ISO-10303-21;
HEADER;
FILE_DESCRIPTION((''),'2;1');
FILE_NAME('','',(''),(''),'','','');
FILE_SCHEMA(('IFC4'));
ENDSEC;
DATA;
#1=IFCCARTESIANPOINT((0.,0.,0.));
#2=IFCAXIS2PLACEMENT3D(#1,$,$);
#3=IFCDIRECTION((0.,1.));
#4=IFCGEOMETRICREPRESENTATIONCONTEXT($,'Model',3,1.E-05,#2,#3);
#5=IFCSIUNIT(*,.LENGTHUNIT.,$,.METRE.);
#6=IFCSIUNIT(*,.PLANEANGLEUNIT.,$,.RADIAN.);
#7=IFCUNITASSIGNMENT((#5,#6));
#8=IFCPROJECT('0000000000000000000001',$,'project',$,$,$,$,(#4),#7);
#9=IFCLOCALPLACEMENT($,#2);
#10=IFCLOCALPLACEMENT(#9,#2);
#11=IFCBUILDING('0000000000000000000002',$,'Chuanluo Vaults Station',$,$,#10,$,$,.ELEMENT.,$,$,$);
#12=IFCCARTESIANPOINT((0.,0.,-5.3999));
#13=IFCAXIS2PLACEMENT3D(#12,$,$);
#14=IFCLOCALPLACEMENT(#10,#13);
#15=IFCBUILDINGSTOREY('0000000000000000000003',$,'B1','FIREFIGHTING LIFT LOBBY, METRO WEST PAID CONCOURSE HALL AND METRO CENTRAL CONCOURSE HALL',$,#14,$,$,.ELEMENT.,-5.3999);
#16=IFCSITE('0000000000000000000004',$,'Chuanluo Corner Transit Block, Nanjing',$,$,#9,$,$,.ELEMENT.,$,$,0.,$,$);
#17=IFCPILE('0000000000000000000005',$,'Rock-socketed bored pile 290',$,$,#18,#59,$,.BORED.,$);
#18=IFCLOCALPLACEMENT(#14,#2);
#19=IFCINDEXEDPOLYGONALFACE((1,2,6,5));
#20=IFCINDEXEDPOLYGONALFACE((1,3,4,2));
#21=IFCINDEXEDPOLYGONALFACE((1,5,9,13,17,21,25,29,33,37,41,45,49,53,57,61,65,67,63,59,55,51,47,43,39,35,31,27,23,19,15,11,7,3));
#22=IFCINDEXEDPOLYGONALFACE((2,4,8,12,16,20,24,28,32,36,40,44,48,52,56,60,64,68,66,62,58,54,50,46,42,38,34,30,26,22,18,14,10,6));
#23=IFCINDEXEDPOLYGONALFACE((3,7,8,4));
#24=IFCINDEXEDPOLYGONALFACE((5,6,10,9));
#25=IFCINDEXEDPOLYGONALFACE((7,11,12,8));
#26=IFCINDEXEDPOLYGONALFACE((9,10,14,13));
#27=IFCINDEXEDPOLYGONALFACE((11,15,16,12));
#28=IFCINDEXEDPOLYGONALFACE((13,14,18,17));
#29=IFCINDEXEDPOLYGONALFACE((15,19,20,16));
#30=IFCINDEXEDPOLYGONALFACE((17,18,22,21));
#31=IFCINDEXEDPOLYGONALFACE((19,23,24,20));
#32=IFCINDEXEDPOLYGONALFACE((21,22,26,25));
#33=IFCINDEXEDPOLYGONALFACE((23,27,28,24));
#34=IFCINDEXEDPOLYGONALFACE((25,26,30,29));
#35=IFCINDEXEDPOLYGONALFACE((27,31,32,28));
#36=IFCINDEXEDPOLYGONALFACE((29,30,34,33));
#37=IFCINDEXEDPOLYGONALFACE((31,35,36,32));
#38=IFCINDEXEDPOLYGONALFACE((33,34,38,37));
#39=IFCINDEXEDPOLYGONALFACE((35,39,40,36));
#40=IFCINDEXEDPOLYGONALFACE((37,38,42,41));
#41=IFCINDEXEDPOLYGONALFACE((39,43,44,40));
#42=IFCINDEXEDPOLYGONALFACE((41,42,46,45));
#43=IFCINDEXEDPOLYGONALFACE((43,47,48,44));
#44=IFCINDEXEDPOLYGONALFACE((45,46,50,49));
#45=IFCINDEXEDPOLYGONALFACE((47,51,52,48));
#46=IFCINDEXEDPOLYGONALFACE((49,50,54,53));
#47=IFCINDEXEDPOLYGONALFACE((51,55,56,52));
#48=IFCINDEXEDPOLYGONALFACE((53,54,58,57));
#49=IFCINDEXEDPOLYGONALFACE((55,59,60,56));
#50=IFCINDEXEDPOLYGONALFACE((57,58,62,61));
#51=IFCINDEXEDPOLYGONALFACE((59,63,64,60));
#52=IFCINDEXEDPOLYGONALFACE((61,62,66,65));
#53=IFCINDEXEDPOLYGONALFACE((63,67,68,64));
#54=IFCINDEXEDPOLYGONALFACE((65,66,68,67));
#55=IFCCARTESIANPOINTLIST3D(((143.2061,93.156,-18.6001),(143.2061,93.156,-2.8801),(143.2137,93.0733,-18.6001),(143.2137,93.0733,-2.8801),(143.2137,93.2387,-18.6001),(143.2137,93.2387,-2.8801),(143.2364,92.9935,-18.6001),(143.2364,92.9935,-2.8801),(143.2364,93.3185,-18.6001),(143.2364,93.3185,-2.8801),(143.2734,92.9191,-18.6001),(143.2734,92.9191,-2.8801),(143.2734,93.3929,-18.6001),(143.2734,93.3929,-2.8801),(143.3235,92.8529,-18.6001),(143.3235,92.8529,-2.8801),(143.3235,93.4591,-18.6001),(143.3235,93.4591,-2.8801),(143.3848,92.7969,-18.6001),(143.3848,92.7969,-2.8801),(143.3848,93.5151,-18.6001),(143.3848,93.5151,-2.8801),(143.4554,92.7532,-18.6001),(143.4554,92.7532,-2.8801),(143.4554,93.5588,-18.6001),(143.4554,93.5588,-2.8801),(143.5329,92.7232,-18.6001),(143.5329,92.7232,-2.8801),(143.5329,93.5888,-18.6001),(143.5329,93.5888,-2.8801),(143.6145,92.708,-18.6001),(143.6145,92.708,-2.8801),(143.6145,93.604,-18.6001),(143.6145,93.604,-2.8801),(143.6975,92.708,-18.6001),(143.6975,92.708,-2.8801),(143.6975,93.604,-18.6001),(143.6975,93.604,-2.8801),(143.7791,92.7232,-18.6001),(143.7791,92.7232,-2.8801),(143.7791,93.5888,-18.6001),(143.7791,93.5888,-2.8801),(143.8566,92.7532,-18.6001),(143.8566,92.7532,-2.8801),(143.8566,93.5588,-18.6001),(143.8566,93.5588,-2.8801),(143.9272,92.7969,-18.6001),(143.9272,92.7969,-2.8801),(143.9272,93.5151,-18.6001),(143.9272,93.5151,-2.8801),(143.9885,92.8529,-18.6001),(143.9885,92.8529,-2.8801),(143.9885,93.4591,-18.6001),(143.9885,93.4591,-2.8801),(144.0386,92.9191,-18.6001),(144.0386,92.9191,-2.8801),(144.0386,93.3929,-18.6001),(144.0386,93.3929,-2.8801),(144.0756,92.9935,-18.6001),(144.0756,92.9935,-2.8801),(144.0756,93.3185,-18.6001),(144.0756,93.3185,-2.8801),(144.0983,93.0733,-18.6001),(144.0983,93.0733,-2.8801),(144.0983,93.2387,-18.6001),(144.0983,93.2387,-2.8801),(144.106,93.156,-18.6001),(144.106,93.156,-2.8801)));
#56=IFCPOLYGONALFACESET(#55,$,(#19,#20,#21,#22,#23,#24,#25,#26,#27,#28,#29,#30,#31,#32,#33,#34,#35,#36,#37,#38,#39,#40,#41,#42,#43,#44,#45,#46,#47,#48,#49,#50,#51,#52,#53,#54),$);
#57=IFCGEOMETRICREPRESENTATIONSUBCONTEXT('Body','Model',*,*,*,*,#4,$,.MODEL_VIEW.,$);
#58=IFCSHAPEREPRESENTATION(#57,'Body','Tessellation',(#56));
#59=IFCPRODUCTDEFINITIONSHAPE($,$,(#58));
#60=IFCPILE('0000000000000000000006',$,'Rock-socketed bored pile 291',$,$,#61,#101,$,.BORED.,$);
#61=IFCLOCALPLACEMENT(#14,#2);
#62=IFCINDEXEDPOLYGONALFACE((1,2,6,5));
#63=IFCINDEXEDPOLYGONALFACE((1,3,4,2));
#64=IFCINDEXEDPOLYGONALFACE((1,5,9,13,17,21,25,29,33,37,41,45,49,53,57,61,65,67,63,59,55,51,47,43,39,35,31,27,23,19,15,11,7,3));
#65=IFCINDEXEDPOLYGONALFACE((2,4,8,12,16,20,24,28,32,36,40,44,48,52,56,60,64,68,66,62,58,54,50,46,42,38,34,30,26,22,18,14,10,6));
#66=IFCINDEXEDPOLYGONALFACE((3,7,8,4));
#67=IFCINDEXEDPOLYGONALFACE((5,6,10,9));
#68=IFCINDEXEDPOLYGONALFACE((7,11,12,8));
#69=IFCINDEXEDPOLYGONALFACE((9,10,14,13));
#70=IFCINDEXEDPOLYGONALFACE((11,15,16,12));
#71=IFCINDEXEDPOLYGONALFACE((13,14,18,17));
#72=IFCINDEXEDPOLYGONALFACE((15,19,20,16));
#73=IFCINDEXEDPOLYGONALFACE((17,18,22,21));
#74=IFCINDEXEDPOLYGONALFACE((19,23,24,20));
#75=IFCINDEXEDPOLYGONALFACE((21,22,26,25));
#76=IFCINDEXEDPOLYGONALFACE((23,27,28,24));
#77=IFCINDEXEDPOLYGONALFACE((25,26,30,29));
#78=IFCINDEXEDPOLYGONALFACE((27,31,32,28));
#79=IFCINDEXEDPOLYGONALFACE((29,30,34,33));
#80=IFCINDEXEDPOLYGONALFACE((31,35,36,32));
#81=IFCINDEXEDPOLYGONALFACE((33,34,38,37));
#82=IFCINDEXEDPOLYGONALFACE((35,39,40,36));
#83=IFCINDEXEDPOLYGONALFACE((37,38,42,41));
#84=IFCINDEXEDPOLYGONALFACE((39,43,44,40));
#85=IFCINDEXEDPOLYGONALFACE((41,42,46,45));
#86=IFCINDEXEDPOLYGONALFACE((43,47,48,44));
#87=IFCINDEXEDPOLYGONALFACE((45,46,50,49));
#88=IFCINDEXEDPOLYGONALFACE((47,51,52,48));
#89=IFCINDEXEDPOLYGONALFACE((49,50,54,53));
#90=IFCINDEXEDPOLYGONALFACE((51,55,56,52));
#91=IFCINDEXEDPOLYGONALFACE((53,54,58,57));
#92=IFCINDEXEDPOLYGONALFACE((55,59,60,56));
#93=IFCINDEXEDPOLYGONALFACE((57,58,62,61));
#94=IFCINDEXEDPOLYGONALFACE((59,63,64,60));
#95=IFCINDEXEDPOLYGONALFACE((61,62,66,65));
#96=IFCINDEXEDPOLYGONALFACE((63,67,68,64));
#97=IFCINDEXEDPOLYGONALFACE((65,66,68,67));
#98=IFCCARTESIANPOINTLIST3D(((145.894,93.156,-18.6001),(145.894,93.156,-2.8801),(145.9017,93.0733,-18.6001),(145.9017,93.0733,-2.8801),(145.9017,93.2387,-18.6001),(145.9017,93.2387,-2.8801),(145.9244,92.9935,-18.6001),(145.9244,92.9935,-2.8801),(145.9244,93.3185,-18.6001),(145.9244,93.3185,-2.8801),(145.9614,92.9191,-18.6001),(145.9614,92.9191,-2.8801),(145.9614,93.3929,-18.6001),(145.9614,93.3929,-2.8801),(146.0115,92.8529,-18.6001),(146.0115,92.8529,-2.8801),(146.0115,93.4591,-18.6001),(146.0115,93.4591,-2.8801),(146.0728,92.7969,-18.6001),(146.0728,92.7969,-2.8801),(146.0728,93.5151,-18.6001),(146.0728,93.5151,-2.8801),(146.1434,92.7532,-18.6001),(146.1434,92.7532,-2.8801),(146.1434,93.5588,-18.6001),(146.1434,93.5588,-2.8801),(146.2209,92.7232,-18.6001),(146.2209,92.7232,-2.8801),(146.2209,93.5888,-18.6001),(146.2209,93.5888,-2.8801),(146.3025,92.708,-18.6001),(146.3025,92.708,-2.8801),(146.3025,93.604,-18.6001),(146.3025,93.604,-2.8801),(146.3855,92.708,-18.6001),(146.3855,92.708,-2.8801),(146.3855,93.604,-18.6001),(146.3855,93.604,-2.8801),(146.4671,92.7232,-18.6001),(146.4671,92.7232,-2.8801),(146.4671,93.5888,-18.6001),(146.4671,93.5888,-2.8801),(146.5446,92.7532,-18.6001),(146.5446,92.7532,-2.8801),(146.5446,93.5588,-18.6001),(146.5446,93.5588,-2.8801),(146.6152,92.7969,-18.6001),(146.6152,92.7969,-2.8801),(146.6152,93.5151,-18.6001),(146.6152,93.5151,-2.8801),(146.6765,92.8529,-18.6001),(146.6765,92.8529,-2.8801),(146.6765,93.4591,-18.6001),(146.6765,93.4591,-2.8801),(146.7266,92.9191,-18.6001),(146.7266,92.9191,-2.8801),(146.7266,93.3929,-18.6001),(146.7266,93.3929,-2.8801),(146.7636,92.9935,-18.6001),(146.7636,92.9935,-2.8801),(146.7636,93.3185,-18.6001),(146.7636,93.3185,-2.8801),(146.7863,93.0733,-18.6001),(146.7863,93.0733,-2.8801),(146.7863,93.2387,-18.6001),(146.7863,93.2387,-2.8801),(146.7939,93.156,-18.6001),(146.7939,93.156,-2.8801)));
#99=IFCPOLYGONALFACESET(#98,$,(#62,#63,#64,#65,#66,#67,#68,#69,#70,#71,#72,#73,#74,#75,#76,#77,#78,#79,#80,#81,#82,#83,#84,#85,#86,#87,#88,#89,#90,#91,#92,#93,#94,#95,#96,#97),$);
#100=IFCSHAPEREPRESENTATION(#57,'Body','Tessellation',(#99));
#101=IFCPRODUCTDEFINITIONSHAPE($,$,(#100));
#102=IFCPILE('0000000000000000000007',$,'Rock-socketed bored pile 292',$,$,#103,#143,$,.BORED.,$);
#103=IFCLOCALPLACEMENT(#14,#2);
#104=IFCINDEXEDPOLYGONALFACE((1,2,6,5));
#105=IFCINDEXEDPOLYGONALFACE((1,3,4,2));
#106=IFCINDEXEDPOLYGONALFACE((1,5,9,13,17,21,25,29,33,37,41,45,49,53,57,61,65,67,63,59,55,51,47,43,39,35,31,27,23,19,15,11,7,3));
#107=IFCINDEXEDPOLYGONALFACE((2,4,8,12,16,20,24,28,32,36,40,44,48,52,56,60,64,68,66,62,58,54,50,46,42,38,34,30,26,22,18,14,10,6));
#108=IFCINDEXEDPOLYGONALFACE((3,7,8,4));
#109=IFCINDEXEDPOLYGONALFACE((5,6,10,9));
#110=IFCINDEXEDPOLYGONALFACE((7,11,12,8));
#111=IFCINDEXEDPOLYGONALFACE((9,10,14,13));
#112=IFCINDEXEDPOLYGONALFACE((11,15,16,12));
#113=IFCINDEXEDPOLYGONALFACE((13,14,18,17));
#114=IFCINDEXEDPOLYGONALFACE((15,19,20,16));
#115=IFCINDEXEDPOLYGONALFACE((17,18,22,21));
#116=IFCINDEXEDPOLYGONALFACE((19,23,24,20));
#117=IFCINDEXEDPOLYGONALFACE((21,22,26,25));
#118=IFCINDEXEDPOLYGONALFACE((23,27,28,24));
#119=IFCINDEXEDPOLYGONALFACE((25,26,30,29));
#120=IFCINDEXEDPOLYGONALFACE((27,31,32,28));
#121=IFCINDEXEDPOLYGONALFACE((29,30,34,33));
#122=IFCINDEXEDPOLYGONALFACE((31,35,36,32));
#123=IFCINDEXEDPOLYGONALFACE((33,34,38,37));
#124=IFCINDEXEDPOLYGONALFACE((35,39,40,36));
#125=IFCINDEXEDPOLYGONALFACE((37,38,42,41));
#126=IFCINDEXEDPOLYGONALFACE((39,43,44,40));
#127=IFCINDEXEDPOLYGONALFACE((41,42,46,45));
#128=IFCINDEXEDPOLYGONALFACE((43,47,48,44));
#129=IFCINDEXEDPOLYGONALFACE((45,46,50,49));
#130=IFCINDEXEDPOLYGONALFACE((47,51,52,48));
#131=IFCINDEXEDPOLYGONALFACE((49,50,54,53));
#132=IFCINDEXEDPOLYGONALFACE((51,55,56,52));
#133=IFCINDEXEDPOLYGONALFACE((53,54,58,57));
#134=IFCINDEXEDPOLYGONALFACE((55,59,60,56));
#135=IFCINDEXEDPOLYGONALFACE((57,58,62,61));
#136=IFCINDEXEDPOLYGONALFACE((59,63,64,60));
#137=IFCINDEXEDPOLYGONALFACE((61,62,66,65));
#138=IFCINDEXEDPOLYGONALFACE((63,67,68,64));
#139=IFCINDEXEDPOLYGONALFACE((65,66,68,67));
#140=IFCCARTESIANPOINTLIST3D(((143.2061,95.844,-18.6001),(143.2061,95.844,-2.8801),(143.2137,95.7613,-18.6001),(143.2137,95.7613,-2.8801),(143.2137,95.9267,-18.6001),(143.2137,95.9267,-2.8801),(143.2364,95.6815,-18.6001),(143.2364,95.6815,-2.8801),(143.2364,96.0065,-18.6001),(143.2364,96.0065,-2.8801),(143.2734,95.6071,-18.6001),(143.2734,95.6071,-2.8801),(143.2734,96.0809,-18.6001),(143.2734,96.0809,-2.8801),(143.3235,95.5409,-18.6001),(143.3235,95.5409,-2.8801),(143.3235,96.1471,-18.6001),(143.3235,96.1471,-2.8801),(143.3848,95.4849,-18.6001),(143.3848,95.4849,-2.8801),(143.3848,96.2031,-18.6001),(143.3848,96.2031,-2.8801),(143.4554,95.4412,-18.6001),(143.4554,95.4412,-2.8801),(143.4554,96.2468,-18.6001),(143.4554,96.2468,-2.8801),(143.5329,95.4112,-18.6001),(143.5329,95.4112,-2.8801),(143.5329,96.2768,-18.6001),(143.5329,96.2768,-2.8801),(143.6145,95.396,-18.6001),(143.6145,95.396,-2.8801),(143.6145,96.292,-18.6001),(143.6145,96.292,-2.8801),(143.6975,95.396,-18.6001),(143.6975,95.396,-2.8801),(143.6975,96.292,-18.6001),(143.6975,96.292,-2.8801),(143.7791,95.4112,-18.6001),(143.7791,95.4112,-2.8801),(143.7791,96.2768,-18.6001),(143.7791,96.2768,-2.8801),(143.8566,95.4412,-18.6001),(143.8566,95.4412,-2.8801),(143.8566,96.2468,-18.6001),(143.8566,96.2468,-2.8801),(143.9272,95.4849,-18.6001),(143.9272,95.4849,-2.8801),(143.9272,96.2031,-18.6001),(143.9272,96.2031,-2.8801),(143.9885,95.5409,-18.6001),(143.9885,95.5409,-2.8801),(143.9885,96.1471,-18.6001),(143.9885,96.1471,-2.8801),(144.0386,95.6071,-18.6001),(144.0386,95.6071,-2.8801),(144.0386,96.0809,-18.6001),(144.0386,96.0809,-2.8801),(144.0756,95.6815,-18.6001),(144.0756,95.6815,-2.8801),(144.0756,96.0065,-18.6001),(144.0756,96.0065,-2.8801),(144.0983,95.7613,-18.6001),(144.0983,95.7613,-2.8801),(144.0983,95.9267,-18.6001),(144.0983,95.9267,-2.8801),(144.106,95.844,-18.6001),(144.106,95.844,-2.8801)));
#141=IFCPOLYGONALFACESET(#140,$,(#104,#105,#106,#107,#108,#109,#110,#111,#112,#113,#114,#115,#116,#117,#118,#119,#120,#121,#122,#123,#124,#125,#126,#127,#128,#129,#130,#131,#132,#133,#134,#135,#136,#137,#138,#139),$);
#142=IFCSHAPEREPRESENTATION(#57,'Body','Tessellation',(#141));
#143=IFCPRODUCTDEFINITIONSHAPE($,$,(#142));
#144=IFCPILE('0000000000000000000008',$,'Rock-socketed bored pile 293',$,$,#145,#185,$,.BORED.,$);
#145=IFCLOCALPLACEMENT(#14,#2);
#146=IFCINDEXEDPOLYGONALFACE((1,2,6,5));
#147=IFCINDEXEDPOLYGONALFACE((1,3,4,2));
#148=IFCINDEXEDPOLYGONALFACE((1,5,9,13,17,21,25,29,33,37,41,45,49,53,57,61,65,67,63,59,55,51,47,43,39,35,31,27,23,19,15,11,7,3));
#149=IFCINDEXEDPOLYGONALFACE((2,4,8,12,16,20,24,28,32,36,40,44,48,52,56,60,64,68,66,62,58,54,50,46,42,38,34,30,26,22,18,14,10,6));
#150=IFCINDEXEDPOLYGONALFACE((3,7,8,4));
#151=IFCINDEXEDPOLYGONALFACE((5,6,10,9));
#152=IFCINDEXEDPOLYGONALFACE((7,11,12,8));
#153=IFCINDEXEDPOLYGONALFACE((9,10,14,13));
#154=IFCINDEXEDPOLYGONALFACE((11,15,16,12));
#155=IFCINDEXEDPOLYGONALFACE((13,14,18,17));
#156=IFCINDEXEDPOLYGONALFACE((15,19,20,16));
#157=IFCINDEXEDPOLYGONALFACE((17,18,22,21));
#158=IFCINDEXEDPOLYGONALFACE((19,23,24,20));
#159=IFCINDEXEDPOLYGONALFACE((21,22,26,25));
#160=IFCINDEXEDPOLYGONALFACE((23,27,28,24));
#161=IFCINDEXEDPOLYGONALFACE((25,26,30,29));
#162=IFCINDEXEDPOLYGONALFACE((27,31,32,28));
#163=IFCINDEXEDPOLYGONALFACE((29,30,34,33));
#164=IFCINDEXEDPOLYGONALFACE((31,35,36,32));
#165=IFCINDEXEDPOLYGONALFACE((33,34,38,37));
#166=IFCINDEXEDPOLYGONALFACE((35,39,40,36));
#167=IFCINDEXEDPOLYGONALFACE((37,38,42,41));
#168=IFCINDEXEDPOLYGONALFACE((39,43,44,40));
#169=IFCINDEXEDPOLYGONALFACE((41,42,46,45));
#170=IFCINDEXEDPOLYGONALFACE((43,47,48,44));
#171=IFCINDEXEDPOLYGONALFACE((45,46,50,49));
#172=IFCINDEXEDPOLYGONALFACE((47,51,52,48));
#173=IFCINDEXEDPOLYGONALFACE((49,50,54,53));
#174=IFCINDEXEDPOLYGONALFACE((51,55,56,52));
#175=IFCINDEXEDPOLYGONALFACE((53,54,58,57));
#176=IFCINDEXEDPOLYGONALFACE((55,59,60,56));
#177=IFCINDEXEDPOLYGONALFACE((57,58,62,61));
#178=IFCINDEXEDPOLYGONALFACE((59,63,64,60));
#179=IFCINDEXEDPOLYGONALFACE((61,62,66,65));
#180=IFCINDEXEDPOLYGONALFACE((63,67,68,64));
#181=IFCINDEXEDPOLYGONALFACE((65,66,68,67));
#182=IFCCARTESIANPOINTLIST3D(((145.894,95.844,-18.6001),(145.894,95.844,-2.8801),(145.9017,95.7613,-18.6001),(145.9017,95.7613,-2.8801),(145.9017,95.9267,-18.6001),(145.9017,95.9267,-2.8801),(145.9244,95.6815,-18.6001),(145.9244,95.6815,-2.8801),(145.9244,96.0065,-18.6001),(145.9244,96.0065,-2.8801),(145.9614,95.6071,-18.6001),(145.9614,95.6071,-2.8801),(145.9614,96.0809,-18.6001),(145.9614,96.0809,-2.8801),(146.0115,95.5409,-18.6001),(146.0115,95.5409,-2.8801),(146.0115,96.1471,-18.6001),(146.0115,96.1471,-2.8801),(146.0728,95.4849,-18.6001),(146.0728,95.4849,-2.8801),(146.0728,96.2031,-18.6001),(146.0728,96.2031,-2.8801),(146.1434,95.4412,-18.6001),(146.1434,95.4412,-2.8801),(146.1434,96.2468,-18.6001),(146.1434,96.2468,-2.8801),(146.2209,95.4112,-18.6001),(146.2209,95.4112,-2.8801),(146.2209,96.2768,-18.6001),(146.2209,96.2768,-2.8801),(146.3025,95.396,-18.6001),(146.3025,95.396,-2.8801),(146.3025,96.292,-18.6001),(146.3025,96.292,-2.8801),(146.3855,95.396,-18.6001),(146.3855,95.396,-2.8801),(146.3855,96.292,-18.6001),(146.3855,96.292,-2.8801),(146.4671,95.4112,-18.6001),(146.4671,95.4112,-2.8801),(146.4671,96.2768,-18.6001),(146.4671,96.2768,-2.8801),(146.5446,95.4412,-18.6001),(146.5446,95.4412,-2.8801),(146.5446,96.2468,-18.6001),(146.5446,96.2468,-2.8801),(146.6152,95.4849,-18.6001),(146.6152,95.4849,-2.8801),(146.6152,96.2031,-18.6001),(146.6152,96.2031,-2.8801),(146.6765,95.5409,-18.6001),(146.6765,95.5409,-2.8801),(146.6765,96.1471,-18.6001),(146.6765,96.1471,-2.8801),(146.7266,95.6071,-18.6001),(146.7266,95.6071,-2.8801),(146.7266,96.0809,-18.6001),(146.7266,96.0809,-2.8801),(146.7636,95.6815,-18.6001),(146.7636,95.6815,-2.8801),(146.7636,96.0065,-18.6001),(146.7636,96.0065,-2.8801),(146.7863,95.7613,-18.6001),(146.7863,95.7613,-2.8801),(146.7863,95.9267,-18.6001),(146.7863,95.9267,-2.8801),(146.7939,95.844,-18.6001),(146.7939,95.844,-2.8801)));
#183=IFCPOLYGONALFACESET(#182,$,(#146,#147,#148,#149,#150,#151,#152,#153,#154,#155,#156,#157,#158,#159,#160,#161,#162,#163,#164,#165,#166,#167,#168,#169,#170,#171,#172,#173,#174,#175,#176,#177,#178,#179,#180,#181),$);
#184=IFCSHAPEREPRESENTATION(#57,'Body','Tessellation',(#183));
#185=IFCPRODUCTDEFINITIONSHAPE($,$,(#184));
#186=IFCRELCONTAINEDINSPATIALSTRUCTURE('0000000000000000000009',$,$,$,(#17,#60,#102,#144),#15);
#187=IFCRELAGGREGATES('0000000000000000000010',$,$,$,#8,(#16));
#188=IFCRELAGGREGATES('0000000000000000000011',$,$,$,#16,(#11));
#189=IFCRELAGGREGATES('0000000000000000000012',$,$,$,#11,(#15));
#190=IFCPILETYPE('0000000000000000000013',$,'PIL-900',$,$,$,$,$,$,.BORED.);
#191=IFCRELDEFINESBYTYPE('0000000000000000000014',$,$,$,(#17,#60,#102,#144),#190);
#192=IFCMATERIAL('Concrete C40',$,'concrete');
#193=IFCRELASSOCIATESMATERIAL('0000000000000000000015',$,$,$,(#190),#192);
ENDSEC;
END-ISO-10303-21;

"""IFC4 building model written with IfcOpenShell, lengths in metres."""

from ifc_helpers import new_model, si_unit, direction, frame, origin, origin_2d, place, context, subcontext, project, spatial, circle, extrude, material, material_profile, profile_set, type_object, element, save


model = new_model("IFC4")

# Units and contexts
model_context = context("Model", 3, precision=1e-05, world=origin(), true_north=direction((0.0, 1.0)))
body_context = subcontext(model_context, "Body", "Model", "MODEL_VIEW")
ifc_project = project(units=[si_unit("LENGTHUNIT", "METRE"), si_unit("PLANEANGLEUNIT", "RADIAN")], contexts=[model_context])

# Site, building, storey
site_placement = place(None, origin())
site = spatial("IfcSite", under=ifc_project, at=site_placement, Name="Chuanluo Corner Transit Block, Nanjing", CompositionType="ELEMENT", RefElevation=0.0)
building_placement = place(site_placement, origin())
building = spatial("IfcBuilding", under=site, at=building_placement, Name="Chuanluo Vaults Station", CompositionType="ELEMENT")
storey_placement = place(building_placement, frame((0.0, 0.0, -5.3999)))
storey = spatial("IfcBuildingStorey", under=building, at=storey_placement, Name="B1", Description="FIREFIGHTING LIFT LOBBY, METRO WEST PAID CONCOURSE HALL AND METRO CENTRAL CONCOURSE HALL", CompositionType="ELEMENT", Elevation=-5.3999)

# Piles
ifc_material_1 = material(Name="Concrete C40", Category="concrete")
ifc_material_profile_1 = material_profile(ifc_material_1, circle(Radius=0.45, at=origin_2d()))
ifc_profile_set_1 = profile_set([ifc_material_profile_1], Name="Concrete C40")
pile_type_1 = type_object("IfcPileType", Name="PIL-900", PredefinedType="BORED", material=ifc_profile_set_1)
for number, where, z_axis, x_axis, name in (
    (1, (143.656, 93.156, -2.8801), (0.0, 0.0, -1.0), (1.0, 0.0, 0.0), "Rock-socketed bored pile 290"),
    (2, (146.344, 93.156, -2.8801), (0.0, 0.0, -1.0), (1.0, 0.0, 0.0), "Rock-socketed bored pile 291"),
    (3, (143.656, 95.844, -2.8801), (0.0, 0.0, -1.0), (1.0, 0.0, 0.0), "Rock-socketed bored pile 292"),
    (4, (146.344, 95.844, -2.8801), (0.0, 0.0, -1.0), (1.0, 0.0, 0.0), "Rock-socketed bored pile 293"),
):
    element("IfcPile", number, at=place(storey_placement, frame(where, z_axis=z_axis, x_axis=x_axis)), inside=storey, type_object=pile_type_1, Name=name, PredefinedType="BORED", context=body_context, shape_type="SweptSolid", body=[
        extrude(circle(Radius=0.45, at=origin_2d()), origin(), (0.0, 0.0, 1.0), 15.72),
    ])

save(model, "model.ifc")
